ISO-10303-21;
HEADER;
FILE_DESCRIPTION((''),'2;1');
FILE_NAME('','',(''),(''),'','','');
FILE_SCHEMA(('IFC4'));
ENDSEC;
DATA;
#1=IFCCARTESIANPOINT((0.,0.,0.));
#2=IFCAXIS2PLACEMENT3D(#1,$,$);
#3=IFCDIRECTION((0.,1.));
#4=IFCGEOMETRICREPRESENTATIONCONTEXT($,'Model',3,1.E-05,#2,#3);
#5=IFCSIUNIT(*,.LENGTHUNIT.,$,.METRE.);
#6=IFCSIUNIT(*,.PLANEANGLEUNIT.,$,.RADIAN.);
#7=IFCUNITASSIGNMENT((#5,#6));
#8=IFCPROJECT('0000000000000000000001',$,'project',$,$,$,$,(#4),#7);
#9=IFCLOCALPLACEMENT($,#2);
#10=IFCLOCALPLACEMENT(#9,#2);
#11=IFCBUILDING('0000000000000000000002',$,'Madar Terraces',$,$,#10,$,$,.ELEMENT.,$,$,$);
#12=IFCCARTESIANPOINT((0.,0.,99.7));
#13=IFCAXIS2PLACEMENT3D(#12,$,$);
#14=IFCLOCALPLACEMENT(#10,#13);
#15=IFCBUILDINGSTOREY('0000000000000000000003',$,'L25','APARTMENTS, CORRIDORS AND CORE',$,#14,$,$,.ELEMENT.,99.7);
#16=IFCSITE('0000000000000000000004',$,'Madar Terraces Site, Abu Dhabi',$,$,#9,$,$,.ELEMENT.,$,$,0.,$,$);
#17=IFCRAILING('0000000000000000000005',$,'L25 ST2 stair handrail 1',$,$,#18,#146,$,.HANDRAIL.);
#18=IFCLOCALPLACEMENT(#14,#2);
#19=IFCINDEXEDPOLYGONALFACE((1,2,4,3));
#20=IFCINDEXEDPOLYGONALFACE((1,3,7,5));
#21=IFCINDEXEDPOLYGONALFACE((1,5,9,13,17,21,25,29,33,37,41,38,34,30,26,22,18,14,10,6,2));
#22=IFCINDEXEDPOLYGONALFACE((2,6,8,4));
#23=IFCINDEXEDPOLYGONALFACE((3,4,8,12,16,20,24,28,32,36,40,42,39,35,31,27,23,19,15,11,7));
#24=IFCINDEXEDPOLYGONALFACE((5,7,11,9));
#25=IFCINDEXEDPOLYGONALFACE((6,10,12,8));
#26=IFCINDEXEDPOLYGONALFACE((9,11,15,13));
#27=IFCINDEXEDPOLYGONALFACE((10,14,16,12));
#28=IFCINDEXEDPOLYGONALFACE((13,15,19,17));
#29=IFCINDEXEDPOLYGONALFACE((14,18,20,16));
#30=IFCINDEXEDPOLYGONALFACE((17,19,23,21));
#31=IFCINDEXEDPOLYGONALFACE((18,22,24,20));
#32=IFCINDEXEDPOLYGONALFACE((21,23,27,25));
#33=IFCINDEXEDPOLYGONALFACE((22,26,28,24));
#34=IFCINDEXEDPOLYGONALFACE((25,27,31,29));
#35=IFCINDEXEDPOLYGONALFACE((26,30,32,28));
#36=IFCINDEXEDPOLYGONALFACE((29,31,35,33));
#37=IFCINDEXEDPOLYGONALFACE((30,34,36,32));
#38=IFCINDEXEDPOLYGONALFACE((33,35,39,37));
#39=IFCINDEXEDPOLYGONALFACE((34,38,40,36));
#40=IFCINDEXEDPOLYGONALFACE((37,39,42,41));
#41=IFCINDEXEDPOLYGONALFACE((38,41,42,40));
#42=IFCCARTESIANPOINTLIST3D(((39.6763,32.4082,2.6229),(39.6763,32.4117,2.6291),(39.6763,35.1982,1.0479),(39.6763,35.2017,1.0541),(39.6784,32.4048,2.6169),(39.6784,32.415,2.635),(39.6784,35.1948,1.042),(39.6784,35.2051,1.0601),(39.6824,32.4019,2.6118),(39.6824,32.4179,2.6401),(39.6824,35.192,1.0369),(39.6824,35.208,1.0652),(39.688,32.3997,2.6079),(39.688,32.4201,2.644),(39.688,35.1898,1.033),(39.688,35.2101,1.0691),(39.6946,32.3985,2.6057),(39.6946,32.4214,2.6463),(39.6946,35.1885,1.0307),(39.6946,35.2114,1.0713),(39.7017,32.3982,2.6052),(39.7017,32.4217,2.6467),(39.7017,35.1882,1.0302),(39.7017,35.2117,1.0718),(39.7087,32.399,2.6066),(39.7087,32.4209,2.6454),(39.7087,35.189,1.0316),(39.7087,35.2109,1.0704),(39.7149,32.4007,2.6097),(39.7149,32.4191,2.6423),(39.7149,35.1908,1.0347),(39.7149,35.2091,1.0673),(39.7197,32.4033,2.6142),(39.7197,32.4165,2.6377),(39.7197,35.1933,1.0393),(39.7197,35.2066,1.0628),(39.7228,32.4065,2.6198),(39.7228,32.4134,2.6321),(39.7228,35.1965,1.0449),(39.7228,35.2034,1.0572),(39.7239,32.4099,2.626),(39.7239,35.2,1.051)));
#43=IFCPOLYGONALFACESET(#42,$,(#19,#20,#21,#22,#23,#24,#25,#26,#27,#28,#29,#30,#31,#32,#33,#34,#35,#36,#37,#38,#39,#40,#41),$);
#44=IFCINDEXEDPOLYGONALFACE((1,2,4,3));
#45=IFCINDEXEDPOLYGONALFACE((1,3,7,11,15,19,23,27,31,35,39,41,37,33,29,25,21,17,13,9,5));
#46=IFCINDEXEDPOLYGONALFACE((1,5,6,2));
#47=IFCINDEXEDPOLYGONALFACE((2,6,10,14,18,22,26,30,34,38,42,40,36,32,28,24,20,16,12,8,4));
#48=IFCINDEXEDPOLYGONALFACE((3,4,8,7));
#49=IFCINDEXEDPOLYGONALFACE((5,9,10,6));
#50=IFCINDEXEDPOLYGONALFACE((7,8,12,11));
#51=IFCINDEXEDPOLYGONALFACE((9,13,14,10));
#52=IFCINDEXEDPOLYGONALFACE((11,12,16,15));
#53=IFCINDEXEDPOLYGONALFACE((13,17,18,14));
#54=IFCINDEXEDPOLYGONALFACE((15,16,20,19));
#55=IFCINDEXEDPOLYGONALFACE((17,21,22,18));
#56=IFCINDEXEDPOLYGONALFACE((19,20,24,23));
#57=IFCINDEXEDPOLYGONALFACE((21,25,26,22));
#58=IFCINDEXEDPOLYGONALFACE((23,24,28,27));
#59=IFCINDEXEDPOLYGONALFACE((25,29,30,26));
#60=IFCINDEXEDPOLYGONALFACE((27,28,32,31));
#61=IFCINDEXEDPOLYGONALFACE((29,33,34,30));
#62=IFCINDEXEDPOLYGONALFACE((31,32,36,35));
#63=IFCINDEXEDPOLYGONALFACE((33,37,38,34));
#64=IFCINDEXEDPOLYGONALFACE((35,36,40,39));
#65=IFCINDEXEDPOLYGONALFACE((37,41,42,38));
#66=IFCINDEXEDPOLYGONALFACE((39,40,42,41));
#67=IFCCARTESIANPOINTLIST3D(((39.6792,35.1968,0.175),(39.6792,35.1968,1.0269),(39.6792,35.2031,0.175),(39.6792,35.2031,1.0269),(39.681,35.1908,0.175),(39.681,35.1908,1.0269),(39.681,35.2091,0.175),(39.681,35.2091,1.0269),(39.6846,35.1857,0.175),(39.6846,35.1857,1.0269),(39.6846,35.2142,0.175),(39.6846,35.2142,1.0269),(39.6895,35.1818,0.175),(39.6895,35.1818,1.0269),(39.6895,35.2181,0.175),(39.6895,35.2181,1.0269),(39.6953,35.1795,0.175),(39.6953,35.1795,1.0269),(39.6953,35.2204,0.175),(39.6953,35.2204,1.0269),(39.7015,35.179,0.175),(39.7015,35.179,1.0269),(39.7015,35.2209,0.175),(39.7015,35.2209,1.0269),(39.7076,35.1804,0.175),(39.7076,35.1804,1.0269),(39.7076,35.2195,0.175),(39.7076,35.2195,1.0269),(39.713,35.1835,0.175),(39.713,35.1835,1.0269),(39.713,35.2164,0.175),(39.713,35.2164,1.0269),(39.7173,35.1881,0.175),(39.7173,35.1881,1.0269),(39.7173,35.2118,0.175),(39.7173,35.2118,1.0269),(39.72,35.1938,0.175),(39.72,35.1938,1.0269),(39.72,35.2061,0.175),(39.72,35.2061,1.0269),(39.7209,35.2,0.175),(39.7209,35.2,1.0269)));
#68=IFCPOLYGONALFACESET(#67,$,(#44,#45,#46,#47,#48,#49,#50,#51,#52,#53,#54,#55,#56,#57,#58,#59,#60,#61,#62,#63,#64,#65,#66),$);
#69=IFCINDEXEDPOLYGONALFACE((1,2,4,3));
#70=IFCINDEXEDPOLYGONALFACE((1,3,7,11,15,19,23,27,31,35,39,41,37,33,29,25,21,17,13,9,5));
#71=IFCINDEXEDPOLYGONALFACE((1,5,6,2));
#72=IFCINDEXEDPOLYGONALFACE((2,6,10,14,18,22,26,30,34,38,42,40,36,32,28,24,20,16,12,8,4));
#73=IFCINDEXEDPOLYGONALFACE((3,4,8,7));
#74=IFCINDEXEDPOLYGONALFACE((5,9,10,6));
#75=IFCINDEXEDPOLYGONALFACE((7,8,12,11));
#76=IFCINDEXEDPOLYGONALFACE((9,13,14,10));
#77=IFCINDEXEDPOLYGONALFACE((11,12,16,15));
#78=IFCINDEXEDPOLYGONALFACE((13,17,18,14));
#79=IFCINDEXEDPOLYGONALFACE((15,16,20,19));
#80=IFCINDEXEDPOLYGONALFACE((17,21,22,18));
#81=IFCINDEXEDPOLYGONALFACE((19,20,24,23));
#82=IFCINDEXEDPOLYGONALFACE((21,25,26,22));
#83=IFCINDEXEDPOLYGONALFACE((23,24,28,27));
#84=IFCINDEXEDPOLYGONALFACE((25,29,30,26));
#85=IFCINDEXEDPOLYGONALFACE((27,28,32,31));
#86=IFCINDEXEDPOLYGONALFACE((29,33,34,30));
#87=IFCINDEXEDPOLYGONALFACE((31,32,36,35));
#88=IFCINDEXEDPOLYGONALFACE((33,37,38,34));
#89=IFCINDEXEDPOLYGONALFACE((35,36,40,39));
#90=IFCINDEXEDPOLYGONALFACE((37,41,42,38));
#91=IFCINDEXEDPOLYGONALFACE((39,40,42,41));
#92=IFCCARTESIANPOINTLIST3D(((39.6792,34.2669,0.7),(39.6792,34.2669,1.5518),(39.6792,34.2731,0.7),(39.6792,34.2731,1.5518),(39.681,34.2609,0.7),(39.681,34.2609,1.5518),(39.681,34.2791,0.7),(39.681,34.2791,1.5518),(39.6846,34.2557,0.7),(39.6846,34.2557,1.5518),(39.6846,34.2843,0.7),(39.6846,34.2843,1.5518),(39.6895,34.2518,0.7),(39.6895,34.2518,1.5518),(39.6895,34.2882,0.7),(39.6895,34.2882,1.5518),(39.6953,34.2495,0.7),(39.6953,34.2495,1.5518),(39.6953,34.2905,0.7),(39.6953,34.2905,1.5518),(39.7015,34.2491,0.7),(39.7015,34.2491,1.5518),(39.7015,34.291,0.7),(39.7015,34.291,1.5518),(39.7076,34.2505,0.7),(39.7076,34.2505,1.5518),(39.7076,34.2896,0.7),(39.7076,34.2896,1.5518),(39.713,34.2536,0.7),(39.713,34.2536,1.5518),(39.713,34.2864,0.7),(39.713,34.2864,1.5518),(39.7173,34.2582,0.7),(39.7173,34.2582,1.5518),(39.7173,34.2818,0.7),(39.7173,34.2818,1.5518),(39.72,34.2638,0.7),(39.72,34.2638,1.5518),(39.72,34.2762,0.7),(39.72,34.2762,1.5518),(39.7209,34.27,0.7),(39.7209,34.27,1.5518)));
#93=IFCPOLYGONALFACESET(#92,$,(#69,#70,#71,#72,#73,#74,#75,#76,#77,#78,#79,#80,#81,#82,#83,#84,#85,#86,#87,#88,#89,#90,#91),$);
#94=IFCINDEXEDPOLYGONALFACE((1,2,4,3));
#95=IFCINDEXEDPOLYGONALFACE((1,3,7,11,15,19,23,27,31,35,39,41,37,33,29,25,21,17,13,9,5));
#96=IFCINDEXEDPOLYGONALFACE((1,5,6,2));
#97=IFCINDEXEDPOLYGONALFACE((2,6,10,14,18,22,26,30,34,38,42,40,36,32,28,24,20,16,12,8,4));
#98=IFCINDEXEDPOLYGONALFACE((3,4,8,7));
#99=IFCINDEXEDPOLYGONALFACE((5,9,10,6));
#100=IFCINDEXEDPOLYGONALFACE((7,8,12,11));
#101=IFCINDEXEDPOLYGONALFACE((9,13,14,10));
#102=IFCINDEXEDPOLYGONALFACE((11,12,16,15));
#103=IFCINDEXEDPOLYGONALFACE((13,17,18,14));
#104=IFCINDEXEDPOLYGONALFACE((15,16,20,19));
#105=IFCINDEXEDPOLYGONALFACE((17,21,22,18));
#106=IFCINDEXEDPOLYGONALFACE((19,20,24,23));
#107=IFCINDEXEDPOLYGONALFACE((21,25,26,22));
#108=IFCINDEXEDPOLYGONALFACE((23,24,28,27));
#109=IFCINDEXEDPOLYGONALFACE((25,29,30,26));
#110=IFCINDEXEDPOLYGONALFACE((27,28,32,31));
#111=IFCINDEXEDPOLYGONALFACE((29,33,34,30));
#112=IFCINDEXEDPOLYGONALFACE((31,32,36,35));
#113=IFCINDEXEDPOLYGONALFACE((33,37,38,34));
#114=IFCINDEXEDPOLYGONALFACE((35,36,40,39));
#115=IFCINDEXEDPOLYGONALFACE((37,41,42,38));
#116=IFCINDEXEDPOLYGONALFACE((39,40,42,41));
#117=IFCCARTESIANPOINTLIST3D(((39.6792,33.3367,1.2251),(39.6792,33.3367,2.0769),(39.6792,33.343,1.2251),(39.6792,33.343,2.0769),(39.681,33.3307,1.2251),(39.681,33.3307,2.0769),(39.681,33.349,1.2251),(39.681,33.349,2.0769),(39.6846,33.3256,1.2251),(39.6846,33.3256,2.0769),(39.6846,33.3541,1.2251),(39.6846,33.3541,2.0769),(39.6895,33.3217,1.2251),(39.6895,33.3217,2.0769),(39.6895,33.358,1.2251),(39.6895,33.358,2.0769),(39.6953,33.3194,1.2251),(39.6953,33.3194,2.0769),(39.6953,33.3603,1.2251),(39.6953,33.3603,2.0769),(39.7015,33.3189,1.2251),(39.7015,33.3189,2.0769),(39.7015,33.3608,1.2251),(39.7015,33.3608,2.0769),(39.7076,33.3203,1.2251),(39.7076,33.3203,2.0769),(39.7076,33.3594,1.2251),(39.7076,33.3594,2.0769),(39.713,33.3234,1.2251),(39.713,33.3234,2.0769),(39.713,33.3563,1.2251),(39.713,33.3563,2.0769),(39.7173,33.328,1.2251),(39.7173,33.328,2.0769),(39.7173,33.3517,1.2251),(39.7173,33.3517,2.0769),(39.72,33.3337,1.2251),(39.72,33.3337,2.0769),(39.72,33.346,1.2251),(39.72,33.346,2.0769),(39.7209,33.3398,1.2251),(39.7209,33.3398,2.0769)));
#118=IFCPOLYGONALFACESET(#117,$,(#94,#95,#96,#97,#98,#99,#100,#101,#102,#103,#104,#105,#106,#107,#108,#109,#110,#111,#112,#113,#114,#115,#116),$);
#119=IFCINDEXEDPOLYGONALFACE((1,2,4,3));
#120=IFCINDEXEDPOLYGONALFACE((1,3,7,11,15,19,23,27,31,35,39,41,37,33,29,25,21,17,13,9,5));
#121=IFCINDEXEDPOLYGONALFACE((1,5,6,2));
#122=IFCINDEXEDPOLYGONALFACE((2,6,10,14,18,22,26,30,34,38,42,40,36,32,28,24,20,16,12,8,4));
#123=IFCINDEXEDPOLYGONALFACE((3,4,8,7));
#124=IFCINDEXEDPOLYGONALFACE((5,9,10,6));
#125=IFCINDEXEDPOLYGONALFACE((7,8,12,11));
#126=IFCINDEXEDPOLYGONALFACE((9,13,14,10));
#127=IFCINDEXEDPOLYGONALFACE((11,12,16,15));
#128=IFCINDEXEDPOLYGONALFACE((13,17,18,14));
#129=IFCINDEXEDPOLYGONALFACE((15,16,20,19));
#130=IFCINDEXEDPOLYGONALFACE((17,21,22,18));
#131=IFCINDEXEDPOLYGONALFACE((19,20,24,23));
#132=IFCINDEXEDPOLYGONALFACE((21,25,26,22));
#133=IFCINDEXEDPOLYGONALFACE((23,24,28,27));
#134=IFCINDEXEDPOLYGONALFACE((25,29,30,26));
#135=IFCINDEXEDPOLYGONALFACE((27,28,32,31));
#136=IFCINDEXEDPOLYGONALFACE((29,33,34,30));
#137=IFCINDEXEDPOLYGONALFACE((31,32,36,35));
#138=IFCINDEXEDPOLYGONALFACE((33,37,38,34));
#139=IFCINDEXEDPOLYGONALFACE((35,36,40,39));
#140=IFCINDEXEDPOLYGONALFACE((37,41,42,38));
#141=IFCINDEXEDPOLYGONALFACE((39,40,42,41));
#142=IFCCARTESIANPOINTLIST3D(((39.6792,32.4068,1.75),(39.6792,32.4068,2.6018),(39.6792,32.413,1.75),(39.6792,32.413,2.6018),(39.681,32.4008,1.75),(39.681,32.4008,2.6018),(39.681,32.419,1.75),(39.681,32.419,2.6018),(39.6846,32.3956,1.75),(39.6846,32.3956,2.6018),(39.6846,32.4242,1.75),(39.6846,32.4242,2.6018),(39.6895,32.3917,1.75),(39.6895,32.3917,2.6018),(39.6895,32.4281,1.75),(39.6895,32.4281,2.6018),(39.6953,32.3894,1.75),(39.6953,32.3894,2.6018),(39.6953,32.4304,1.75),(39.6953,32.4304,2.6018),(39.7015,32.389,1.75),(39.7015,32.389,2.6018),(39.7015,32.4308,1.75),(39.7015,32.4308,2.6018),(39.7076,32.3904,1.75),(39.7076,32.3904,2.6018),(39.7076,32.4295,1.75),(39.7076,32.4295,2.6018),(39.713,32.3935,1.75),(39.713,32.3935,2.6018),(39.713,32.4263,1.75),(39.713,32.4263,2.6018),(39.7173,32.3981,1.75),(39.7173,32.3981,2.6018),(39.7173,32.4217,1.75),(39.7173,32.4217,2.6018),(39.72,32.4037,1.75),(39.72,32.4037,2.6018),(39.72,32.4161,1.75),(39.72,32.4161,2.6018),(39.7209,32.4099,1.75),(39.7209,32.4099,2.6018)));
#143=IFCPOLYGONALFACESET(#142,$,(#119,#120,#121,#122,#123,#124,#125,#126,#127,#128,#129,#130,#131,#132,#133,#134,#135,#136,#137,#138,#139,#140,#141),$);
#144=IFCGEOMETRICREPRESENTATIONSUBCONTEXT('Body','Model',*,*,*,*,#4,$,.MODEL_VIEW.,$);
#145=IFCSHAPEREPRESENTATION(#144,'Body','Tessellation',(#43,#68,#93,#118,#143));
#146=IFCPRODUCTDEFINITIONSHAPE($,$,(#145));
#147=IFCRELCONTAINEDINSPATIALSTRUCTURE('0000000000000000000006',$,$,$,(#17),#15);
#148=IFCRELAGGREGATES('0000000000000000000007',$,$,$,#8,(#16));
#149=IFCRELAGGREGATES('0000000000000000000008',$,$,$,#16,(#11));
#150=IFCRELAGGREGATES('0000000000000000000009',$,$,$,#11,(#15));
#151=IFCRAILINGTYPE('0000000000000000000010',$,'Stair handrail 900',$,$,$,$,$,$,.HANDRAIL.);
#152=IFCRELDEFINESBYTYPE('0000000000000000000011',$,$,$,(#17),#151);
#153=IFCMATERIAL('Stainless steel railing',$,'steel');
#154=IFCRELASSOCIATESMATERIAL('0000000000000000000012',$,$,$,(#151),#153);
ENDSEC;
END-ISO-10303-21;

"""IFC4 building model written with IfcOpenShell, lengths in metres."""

from ifc_helpers import new_model, si_unit, direction, frame, origin, origin_2d, place, context, subcontext, project, spatial, circle, extrude, material, type_object, element, save


model = new_model("IFC4")

# Units and contexts
model_context = context("Model", 3, precision=1e-05, world=origin(), true_north=direction((0.0, 1.0)))
body_context = subcontext(model_context, "Body", "Model", "MODEL_VIEW")
ifc_project = project(units=[si_unit("LENGTHUNIT", "METRE"), si_unit("PLANEANGLEUNIT", "RADIAN")], contexts=[model_context])

# Site, building, storey
site_placement = place(None, origin())
site = spatial("IfcSite", under=ifc_project, at=site_placement, Name="Madar Terraces Site, Abu Dhabi", CompositionType="ELEMENT", RefElevation=0.0)
building_placement = place(site_placement, origin())
building = spatial("IfcBuilding", under=site, at=building_placement, Name="Madar Terraces", CompositionType="ELEMENT")
storey_placement = place(building_placement, frame((0.0, 0.0, 99.7)))
storey = spatial("IfcBuildingStorey", under=building, at=storey_placement, Name="L25", Description="APARTMENTS, CORRIDORS AND CORE", CompositionType="ELEMENT", Elevation=99.7)

# Railing
ifc_material_1 = material(Name="Stainless steel railing", Category="steel")
railing_type_1 = type_object("IfcRailingType", Name="Stair handrail 900", PredefinedType="HANDRAIL", material=ifc_material_1)
railing_1_placement = place(storey_placement, frame((39.7, 35.2, 0.175)))
element("IfcRailing", 1, at=railing_1_placement, inside=storey, type_object=railing_type_1, Name="L25 ST2 stair handrail 1", PredefinedType="HANDRAIL", context=body_context, shape_type="SweptSolid", body=[
    extrude(circle(Radius=0.0239, at=origin_2d()), frame((0.0, 0.0, 0.876), z_axis=(0.0, -0.870834, 0.491578), x_axis=(1.0, 0.0, 0.0)), (0.0, 0.0, 1.0), 3.2039),
    extrude(circle(Radius=0.021, at=origin_2d()), origin(), (0.0, 0.0, 1.0), 0.8518),
    extrude(circle(Radius=0.021, at=origin_2d()), frame((0.0, -0.9299, 0.5249)), (0.0, 0.0, 1.0), 0.8518),
    extrude(circle(Radius=0.021, at=origin_2d()), frame((0.0, -1.8601, 1.05)), (0.0, 0.0, 1.0), 0.8518),
    extrude(circle(Radius=0.021, at=origin_2d()), frame((0.0, -2.79, 1.575)), (0.0, 0.0, 1.0), 0.8518),
])

save(model, "model.ifc")
